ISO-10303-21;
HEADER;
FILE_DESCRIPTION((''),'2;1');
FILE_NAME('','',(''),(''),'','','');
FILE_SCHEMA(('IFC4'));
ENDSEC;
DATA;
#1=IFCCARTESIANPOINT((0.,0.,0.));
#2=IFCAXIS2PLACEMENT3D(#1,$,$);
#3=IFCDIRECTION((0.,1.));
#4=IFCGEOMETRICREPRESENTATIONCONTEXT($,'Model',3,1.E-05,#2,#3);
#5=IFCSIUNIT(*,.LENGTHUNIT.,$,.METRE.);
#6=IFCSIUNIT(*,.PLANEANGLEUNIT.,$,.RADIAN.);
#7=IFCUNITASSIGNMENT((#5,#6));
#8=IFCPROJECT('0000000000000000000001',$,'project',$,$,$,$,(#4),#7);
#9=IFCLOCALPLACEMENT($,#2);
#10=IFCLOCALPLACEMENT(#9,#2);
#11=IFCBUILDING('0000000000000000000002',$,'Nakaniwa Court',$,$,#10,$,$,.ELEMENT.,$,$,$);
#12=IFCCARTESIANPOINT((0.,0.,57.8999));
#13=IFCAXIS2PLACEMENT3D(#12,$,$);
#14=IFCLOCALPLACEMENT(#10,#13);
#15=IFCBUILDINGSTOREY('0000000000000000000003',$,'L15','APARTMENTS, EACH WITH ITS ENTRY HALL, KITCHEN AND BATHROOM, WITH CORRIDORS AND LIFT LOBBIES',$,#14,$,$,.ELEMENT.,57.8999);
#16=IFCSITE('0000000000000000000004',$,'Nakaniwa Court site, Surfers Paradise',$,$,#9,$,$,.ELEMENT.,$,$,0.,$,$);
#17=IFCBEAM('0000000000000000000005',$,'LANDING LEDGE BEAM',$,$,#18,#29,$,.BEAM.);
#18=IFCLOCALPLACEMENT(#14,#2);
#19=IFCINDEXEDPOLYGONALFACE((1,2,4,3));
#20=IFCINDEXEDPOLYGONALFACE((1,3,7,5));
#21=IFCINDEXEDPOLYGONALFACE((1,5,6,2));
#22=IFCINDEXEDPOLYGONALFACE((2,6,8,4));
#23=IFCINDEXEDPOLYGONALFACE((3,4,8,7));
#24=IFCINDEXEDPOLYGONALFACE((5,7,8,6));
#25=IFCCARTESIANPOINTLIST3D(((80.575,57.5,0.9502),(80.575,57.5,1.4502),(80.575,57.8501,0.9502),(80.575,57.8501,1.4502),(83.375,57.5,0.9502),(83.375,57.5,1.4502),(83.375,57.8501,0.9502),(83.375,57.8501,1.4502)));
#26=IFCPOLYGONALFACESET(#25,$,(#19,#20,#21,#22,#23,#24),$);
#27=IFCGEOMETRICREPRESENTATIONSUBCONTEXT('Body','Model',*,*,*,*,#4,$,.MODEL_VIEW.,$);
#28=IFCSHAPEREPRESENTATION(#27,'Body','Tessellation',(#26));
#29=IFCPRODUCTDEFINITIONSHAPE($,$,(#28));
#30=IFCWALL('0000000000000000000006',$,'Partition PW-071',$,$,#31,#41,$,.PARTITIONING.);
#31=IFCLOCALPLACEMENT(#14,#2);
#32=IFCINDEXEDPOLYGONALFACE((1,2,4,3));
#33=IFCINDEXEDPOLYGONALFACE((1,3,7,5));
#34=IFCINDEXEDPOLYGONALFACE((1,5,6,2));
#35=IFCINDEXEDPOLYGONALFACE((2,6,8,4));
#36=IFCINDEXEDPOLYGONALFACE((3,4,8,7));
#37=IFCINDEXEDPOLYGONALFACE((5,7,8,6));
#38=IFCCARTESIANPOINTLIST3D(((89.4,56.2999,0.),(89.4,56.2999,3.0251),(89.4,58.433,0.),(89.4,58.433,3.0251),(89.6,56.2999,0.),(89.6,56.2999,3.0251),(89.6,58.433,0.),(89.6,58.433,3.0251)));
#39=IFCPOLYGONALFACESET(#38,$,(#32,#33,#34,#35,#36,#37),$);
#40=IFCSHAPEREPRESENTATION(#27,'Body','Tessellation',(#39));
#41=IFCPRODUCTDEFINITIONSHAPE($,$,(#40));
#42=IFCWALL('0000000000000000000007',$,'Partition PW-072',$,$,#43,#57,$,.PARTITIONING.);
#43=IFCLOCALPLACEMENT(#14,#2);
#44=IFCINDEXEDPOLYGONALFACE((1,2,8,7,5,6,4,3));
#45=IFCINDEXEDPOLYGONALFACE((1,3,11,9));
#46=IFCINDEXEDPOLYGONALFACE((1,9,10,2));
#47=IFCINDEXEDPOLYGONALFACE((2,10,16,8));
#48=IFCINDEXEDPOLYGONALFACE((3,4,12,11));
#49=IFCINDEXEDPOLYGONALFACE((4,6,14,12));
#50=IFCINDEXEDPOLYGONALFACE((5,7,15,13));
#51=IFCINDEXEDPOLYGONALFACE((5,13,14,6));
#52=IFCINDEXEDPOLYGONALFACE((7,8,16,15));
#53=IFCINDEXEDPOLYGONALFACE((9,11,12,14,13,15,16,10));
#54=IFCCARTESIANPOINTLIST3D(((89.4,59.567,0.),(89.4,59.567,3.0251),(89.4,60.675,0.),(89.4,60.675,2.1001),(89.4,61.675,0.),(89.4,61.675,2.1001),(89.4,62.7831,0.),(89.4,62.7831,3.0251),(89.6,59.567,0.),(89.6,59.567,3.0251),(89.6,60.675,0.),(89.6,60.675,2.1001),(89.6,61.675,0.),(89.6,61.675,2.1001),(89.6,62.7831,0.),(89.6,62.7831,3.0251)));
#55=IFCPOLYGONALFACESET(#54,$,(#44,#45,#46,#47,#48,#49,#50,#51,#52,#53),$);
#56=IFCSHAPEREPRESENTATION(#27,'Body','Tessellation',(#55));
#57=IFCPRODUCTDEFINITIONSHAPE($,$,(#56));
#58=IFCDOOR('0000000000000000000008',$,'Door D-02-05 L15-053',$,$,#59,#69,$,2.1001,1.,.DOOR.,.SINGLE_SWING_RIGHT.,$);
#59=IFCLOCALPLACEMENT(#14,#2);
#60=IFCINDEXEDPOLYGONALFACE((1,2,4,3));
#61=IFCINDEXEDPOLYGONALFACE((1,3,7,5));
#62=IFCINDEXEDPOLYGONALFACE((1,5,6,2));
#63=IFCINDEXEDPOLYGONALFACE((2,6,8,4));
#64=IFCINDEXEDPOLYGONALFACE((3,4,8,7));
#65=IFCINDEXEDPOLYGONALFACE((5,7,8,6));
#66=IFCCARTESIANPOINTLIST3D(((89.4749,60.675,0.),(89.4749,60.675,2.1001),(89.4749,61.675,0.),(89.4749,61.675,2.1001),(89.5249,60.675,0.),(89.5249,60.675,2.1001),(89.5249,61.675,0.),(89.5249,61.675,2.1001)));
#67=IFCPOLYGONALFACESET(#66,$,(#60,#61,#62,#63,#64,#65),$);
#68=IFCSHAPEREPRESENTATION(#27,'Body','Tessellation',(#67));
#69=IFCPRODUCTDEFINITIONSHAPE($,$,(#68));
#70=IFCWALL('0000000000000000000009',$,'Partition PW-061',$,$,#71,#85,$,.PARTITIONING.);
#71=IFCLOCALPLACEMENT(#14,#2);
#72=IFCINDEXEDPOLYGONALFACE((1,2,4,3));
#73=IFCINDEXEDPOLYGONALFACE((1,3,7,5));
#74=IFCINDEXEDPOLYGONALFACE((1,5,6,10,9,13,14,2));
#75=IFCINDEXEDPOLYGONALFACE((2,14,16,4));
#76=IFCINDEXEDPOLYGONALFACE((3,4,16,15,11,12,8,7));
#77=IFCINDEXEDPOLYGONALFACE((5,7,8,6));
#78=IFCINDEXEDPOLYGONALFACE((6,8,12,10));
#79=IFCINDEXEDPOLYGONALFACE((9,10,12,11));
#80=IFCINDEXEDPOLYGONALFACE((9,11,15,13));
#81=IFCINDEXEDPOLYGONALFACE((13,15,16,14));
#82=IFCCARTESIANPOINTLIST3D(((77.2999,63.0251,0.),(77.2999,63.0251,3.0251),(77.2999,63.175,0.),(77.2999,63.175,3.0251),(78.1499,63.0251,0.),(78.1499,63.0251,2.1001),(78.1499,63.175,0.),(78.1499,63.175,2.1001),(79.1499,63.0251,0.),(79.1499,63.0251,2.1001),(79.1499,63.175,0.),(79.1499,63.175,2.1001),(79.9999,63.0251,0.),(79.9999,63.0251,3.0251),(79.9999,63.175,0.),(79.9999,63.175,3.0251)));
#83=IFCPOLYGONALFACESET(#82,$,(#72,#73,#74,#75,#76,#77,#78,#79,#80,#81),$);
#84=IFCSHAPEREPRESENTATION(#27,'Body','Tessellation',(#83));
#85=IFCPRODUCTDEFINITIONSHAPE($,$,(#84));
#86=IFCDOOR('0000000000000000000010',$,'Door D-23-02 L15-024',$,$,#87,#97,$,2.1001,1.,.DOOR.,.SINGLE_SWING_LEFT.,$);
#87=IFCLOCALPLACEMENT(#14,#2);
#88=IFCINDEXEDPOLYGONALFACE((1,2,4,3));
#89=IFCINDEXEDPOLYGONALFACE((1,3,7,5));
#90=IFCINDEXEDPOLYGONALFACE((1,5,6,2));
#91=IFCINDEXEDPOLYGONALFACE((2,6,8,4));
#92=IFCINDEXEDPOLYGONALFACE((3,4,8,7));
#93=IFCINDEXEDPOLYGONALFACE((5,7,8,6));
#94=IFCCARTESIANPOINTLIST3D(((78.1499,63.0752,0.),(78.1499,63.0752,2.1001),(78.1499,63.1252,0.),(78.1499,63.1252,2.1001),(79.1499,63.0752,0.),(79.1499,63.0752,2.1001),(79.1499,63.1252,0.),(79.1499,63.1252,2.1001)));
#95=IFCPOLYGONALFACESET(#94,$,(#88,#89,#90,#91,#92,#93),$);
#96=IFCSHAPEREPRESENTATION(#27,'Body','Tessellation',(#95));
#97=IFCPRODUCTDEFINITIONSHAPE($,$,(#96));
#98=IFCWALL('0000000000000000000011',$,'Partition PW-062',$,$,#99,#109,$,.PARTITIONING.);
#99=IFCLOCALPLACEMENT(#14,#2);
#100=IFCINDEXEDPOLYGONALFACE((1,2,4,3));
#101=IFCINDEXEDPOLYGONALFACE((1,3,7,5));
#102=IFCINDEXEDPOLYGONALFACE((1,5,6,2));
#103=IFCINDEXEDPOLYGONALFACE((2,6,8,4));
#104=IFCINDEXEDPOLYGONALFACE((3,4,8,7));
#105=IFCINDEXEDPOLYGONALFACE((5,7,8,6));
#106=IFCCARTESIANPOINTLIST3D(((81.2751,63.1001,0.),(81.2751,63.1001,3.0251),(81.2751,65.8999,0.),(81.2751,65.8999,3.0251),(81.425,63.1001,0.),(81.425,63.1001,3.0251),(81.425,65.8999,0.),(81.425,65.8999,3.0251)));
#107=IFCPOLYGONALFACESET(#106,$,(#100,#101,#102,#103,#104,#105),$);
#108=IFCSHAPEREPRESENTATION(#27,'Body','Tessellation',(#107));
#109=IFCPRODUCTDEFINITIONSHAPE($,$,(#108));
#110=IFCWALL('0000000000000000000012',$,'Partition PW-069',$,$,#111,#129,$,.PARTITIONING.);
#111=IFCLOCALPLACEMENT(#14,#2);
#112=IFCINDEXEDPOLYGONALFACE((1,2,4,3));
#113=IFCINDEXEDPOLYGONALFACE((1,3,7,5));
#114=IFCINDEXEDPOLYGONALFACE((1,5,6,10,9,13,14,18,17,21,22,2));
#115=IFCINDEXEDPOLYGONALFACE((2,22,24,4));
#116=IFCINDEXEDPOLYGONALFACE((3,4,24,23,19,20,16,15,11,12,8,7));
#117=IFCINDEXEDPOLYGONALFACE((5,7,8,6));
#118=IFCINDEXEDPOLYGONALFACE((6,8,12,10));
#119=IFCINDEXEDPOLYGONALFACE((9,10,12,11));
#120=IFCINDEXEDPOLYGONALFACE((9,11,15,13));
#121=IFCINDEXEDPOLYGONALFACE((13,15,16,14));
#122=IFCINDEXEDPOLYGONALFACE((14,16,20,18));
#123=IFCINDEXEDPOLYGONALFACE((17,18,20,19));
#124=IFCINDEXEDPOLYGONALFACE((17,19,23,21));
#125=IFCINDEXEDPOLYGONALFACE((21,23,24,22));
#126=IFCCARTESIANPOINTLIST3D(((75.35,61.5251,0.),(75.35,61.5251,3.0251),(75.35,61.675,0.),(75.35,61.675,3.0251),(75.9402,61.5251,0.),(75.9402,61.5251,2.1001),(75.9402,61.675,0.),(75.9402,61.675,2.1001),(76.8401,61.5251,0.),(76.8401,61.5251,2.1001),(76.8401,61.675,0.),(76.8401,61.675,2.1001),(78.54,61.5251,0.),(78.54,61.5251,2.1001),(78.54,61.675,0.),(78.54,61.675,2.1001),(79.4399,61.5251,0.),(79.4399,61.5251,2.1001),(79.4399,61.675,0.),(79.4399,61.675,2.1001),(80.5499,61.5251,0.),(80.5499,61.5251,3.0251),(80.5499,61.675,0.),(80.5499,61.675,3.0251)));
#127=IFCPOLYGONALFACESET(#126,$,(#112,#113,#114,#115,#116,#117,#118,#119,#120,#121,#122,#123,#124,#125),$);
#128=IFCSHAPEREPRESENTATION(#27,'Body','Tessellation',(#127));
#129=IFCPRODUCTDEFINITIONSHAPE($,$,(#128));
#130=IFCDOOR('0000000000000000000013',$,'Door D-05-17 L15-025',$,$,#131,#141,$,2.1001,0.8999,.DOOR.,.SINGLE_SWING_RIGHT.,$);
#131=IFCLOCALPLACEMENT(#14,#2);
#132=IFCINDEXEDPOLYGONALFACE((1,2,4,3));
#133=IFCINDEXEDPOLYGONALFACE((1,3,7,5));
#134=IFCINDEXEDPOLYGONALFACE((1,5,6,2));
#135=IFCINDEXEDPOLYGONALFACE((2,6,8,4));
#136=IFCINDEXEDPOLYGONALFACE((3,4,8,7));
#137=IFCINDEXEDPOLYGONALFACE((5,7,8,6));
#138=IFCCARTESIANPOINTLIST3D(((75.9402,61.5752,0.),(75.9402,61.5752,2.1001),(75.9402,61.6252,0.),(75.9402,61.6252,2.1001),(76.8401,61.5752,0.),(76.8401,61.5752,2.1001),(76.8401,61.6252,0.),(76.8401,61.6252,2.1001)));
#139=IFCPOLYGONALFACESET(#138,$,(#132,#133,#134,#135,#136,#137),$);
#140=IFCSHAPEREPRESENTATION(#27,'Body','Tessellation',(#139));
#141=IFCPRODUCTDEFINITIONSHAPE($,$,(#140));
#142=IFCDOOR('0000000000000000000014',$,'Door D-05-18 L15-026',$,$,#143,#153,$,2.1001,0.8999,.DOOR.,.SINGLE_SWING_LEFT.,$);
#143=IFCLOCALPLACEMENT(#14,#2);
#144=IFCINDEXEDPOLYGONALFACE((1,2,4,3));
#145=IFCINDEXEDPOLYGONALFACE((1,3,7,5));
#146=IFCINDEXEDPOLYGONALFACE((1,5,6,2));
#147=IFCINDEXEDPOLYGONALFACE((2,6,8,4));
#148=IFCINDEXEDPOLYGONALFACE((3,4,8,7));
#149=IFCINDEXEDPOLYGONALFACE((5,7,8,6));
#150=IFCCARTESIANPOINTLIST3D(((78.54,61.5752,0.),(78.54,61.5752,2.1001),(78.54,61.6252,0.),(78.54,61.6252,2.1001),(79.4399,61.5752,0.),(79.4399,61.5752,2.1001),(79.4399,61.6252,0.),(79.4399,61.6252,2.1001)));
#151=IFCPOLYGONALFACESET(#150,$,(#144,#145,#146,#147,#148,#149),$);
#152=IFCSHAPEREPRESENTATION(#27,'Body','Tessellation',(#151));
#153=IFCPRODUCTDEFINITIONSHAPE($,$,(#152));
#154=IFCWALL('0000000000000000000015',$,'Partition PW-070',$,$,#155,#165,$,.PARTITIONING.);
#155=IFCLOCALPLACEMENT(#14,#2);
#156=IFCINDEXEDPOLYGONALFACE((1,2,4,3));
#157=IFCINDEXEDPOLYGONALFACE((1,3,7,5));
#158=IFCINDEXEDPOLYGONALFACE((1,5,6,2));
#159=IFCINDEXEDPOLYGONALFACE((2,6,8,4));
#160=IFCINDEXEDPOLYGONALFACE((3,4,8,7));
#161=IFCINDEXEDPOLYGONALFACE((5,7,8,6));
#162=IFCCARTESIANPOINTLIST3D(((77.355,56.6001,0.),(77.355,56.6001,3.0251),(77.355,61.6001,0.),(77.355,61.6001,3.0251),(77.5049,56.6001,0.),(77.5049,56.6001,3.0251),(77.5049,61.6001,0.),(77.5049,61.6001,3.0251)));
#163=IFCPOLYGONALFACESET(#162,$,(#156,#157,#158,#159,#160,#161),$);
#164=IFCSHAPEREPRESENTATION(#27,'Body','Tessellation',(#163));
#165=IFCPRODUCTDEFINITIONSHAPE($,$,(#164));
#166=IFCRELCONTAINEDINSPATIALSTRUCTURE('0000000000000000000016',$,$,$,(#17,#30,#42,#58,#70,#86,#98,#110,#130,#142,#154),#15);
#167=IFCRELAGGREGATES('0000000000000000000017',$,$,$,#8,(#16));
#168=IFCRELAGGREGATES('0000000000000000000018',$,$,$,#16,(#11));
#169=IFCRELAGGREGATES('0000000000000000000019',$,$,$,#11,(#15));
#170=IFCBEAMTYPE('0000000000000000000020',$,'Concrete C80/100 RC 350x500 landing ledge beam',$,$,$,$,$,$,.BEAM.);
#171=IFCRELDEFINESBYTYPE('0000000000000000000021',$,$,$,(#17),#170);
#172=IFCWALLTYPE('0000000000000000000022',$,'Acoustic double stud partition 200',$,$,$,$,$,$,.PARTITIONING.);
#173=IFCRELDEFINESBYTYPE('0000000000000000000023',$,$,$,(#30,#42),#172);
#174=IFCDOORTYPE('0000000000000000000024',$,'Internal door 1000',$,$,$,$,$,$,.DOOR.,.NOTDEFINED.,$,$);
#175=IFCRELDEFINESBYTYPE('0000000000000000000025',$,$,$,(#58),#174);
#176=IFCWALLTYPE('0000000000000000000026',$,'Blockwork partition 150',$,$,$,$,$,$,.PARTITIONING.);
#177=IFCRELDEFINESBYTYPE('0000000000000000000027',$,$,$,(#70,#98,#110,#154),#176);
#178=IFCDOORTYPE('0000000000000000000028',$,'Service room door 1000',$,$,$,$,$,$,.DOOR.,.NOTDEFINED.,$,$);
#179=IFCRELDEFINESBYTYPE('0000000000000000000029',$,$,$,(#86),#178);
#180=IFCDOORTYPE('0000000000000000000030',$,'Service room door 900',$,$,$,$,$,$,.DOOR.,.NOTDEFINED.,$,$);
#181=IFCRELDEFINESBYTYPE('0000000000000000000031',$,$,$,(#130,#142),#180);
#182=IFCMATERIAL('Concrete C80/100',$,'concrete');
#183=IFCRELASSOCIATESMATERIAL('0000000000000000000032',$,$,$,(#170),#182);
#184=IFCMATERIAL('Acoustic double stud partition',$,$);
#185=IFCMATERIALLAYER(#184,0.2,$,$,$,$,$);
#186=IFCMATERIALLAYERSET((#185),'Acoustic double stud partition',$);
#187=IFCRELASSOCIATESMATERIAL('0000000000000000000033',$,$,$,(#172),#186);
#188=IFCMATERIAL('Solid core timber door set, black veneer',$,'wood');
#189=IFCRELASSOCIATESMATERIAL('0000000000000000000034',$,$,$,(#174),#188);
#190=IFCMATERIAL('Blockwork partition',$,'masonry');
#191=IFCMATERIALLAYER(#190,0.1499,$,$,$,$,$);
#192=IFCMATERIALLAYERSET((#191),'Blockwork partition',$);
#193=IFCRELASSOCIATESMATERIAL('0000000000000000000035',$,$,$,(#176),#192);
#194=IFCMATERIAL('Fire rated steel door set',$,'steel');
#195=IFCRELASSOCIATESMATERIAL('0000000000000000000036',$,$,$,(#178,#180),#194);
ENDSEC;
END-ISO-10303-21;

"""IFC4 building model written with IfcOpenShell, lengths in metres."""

from ifc_helpers import new_model, si_unit, direction, frame, frame_2d, origin, origin_2d, place, context, subcontext, project, spatial, rectangle, extrude, material, layer, layer_set, material_profile, profile_set, type_object, element, fill, save


model = new_model("IFC4")

# Units and contexts
model_context = context("Model", 3, precision=1e-05, world=origin(), true_north=direction((0.0, 1.0)))
body_context = subcontext(model_context, "Body", "Model", "MODEL_VIEW")
ifc_project = project(units=[si_unit("LENGTHUNIT", "METRE"), si_unit("PLANEANGLEUNIT", "RADIAN")], contexts=[model_context])

# Site, building, storey
site_placement = place(None, origin())
site = spatial("IfcSite", under=ifc_project, at=site_placement, Name="Nakaniwa Court site, Surfers Paradise", CompositionType="ELEMENT", RefElevation=0.0)
building_placement = place(site_placement, origin())
building = spatial("IfcBuilding", under=site, at=building_placement, Name="Nakaniwa Court", CompositionType="ELEMENT")
storey_placement = place(building_placement, frame((0.0, 0.0, 57.8999)))
storey = spatial("IfcBuildingStorey", under=building, at=storey_placement, Name="L15", Description="APARTMENTS, EACH WITH ITS ENTRY HALL, KITCHEN AND BATHROOM, WITH CORRIDORS AND LIFT LOBBIES", CompositionType="ELEMENT", Elevation=57.8999)

# Beam
ifc_material_1 = material(Name="Concrete C80/100", Category="concrete")
ifc_material_profile = material_profile(ifc_material_1, rectangle(XDim=0.3501, YDim=0.5, at=origin_2d()), Name="Concrete C80/100 RC 350x500 landing ledge beam")
ifc_profile_set = profile_set([ifc_material_profile], Name="Concrete C80/100")
beam_type = type_object("IfcBeamType", Name="Concrete C80/100 RC 350x500 landing ledge beam", PredefinedType="BEAM", material=ifc_profile_set)
beam_placement = place(storey_placement, frame((80.575, 57.675, 1.2002), z_axis=(1.0, 0.0, 0.0), x_axis=(0.0, 1.0, 0.0)))
element("IfcBeam", 1, at=beam_placement, inside=storey, type_object=beam_type, Name="LANDING LEDGE BEAM", PredefinedType="BEAM", context=body_context, shape_type="SweptSolid", body=[
    extrude(rectangle(XDim=0.3501, YDim=0.5, at=origin_2d()), origin(), (0.0, 0.0, 1.0), 2.8),
])

# Wall
ifc_material_2 = material(Name="Acoustic double stud partition")
ifc_layer_1 = layer(ifc_material_2, 0.2)
ifc_layer_set_1 = layer_set([ifc_layer_1], Name="Acoustic double stud partition")
wall_type_1 = type_object("IfcWallType", Name="Acoustic double stud partition 200", PredefinedType="PARTITIONING", material=ifc_layer_set_1)
wall_1_placement = place(storey_placement, frame((89.5, 56.3, 0.0), z_axis=(0.0, 0.0, 1.0), x_axis=(0.0, 1.0, 0.0)))
element("IfcWall", 2, at=wall_1_placement, inside=storey, type_object=wall_type_1, Name="Partition PW-071", PredefinedType="PARTITIONING", context=body_context, shape_type="SweptSolid", body=[
    extrude(rectangle(XDim=2.1331, YDim=0.2, at=frame_2d((1.0664, 0.0))), origin(), (0.0, 0.0, 1.0), 3.0251),
])

# Walls, openings, doors
wall_2_placement = place(storey_placement, frame((89.5, 62.783, 0.0), z_axis=(0.0, 0.0, 1.0), x_axis=(0.0, -1.0, 0.0)))
wall_2 = element("IfcWall", 3, at=wall_2_placement, inside=storey, type_object=wall_type_1, Name="Partition PW-072", PredefinedType="PARTITIONING", context=body_context, shape_type="SweptSolid", body=[
    extrude(rectangle(XDim=3.2161, YDim=0.2, at=frame_2d((1.6079, 0.0))), origin(), (0.0, 0.0, 1.0), 3.0251),
])
opening_1_placement = place(wall_2_placement, frame((1.1079, 0.0, 0.0)))
opening_1 = element("IfcOpeningElement", 4, at=opening_1_placement, cuts=wall_2, PredefinedType="OPENING", context=body_context, shape_type="SweptSolid", body=[
    extrude(rectangle(XDim=1.0, YDim=2.1001, at=frame_2d((0.5, 1.05))), frame((0.0, 0.1099, 0.0), z_axis=(0.0, -1.0, 0.0), x_axis=(1.0, 0.0, 0.0)), (0.0, 0.0, 1.0), 0.22),
])
ifc_material_3 = material(Name="Solid core timber door set, black veneer", Category="wood")
door_type_1 = type_object("IfcDoorType", Name="Internal door 1000", OperationType="NOTDEFINED", PredefinedType="DOOR", material=ifc_material_3)
door_1_placement = place(opening_1_placement, origin())
door_1 = element("IfcDoor", 5, at=door_1_placement, inside=storey, type_object=door_type_1, Name="Door D-02-05 L15-053", OperationType="SINGLE_SWING_RIGHT", OverallHeight=2.1001, OverallWidth=1.0, PredefinedType="DOOR", context=body_context, shape_type="SweptSolid", body=[
    extrude(rectangle(XDim=1.0, YDim=2.1001, at=frame_2d((0.5, 1.05))), frame((0.0, 0.0249, 0.0), z_axis=(0.0, -1.0, 0.0), x_axis=(1.0, 0.0, 0.0)), (0.0, 0.0, 1.0), 0.05),
])
fill(opening_1, door_1)
ifc_material_4 = material(Name="Blockwork partition", Category="masonry")
ifc_layer_2 = layer(ifc_material_4, 0.1499)
ifc_layer_set_2 = layer_set([ifc_layer_2], Name="Blockwork partition")
wall_type_2 = type_object("IfcWallType", Name="Blockwork partition 150", PredefinedType="PARTITIONING", material=ifc_layer_set_2)
wall_3_placement = place(storey_placement, frame((80.0, 63.1001, 0.0), z_axis=(0.0, 0.0, 1.0), x_axis=(-1.0, 0.0, 0.0)))
wall_3 = element("IfcWall", 6, at=wall_3_placement, inside=storey, type_object=wall_type_2, Name="Partition PW-061", PredefinedType="PARTITIONING", context=body_context, shape_type="SweptSolid", body=[
    extrude(rectangle(XDim=2.7, YDim=0.1499, at=frame_2d((1.3501, 0.0))), origin(), (0.0, 0.0, 1.0), 3.0251),
])
opening_2_placement = place(wall_3_placement, frame((0.8501, 0.0, 0.0)))
opening_2 = element("IfcOpeningElement", 7, at=opening_2_placement, cuts=wall_3, PredefinedType="OPENING", context=body_context, shape_type="SweptSolid", body=[
    extrude(rectangle(XDim=1.0, YDim=2.1001, at=frame_2d((0.5, 1.05))), frame((0.0, 0.085, 0.0), z_axis=(0.0, -1.0, 0.0), x_axis=(1.0, 0.0, 0.0)), (0.0, 0.0, 1.0), 0.1699),
])
ifc_material_5 = material(Name="Fire rated steel door set", Category="steel")
door_type_2 = type_object("IfcDoorType", Name="Service room door 1000", OperationType="NOTDEFINED", PredefinedType="DOOR", material=ifc_material_5)
door_2_placement = place(opening_2_placement, origin())
door_2 = element("IfcDoor", 8, at=door_2_placement, inside=storey, type_object=door_type_2, Name="Door D-23-02 L15-024", OperationType="SINGLE_SWING_LEFT", OverallHeight=2.1001, OverallWidth=1.0, PredefinedType="DOOR", context=body_context, shape_type="SweptSolid", body=[
    extrude(rectangle(XDim=1.0, YDim=2.1001, at=frame_2d((0.5, 1.05))), frame((0.0, 0.0249, 0.0), z_axis=(0.0, -1.0, 0.0), x_axis=(1.0, 0.0, 0.0)), (0.0, 0.0, 1.0), 0.05),
])
fill(opening_2, door_2)

# Wall
wall_4_placement = place(storey_placement, frame((81.3501, 63.1001, 0.0), z_axis=(0.0, 0.0, 1.0), x_axis=(0.0, 1.0, 0.0)))
element("IfcWall", 9, at=wall_4_placement, inside=storey, type_object=wall_type_2, Name="Partition PW-062", PredefinedType="PARTITIONING", context=body_context, shape_type="SweptSolid", body=[
    extrude(rectangle(XDim=2.7998, YDim=0.1499, at=frame_2d((1.3999, 0.0))), origin(), (0.0, 0.0, 1.0), 3.0251),
])

# Wall, openings, doors
wall_5_placement = place(storey_placement, frame((80.55, 61.6001, 0.0), z_axis=(0.0, 0.0, 1.0), x_axis=(-1.0, 0.0, 0.0)))
wall_5 = element("IfcWall", 10, at=wall_5_placement, inside=storey, type_object=wall_type_2, Name="Partition PW-069", PredefinedType="PARTITIONING", context=body_context, shape_type="SweptSolid", body=[
    extrude(rectangle(XDim=5.2, YDim=0.1499, at=frame_2d((2.6001, 0.0))), origin(), (0.0, 0.0, 1.0), 3.0251),
])
opening_3_placement = place(wall_5_placement, frame((3.71, 0.0, 0.0)))
opening_3 = element("IfcOpeningElement", 11, at=opening_3_placement, cuts=wall_5, PredefinedType="OPENING", context=body_context, shape_type="SweptSolid", body=[
    extrude(rectangle(XDim=0.8999, YDim=2.1001, at=frame_2d((0.45, 1.05))), frame((0.0, 0.085, 0.0), z_axis=(0.0, -1.0, 0.0), x_axis=(1.0, 0.0, 0.0)), (0.0, 0.0, 1.0), 0.1699),
])
opening_4_placement = place(wall_5_placement, frame((1.1101, 0.0, 0.0)))
opening_4 = element("IfcOpeningElement", 12, at=opening_4_placement, cuts=wall_5, PredefinedType="OPENING", context=body_context, shape_type="SweptSolid", body=[
    extrude(rectangle(XDim=0.8999, YDim=2.1001, at=frame_2d((0.45, 1.05))), frame((0.0, 0.085, 0.0), z_axis=(0.0, -1.0, 0.0), x_axis=(1.0, 0.0, 0.0)), (0.0, 0.0, 1.0), 0.1699),
])
door_type_3 = type_object("IfcDoorType", Name="Service room door 900", OperationType="NOTDEFINED", PredefinedType="DOOR", material=ifc_material_5)
door_3_placement = place(opening_3_placement, origin())
door_3 = element("IfcDoor", 13, at=door_3_placement, inside=storey, type_object=door_type_3, Name="Door D-05-17 L15-025", OperationType="SINGLE_SWING_RIGHT", OverallHeight=2.1001, OverallWidth=0.8999, PredefinedType="DOOR", context=body_context, shape_type="SweptSolid", body=[
    extrude(rectangle(XDim=0.8999, YDim=2.1001, at=frame_2d((0.45, 1.05))), frame((0.0, 0.0249, 0.0), z_axis=(0.0, -1.0, 0.0), x_axis=(1.0, 0.0, 0.0)), (0.0, 0.0, 1.0), 0.05),
])
fill(opening_3, door_3)
door_4_placement = place(opening_4_placement, origin())
door_4 = element("IfcDoor", 14, at=door_4_placement, inside=storey, type_object=door_type_3, Name="Door D-05-18 L15-026", OperationType="SINGLE_SWING_LEFT", OverallHeight=2.1001, OverallWidth=0.8999, PredefinedType="DOOR", context=body_context, shape_type="SweptSolid", body=[
    extrude(rectangle(XDim=0.8999, YDim=2.1001, at=frame_2d((0.45, 1.05))), frame((0.0, 0.0249, 0.0), z_axis=(0.0, -1.0, 0.0), x_axis=(1.0, 0.0, 0.0)), (0.0, 0.0, 1.0), 0.05),
])
fill(opening_4, door_4)

# Wall
wall_6_placement = place(storey_placement, frame((77.4299, 56.6001, 0.0), z_axis=(0.0, 0.0, 1.0), x_axis=(0.0, 1.0, 0.0)))
element("IfcWall", 15, at=wall_6_placement, inside=storey, type_object=wall_type_2, Name="Partition PW-070", PredefinedType="PARTITIONING", context=body_context, shape_type="SweptSolid", body=[
    extrude(rectangle(XDim=5.0, YDim=0.1499, at=frame_2d((2.5, 0.0))), origin(), (0.0, 0.0, 1.0), 3.0251),
])

save(model, "model.ifc")
